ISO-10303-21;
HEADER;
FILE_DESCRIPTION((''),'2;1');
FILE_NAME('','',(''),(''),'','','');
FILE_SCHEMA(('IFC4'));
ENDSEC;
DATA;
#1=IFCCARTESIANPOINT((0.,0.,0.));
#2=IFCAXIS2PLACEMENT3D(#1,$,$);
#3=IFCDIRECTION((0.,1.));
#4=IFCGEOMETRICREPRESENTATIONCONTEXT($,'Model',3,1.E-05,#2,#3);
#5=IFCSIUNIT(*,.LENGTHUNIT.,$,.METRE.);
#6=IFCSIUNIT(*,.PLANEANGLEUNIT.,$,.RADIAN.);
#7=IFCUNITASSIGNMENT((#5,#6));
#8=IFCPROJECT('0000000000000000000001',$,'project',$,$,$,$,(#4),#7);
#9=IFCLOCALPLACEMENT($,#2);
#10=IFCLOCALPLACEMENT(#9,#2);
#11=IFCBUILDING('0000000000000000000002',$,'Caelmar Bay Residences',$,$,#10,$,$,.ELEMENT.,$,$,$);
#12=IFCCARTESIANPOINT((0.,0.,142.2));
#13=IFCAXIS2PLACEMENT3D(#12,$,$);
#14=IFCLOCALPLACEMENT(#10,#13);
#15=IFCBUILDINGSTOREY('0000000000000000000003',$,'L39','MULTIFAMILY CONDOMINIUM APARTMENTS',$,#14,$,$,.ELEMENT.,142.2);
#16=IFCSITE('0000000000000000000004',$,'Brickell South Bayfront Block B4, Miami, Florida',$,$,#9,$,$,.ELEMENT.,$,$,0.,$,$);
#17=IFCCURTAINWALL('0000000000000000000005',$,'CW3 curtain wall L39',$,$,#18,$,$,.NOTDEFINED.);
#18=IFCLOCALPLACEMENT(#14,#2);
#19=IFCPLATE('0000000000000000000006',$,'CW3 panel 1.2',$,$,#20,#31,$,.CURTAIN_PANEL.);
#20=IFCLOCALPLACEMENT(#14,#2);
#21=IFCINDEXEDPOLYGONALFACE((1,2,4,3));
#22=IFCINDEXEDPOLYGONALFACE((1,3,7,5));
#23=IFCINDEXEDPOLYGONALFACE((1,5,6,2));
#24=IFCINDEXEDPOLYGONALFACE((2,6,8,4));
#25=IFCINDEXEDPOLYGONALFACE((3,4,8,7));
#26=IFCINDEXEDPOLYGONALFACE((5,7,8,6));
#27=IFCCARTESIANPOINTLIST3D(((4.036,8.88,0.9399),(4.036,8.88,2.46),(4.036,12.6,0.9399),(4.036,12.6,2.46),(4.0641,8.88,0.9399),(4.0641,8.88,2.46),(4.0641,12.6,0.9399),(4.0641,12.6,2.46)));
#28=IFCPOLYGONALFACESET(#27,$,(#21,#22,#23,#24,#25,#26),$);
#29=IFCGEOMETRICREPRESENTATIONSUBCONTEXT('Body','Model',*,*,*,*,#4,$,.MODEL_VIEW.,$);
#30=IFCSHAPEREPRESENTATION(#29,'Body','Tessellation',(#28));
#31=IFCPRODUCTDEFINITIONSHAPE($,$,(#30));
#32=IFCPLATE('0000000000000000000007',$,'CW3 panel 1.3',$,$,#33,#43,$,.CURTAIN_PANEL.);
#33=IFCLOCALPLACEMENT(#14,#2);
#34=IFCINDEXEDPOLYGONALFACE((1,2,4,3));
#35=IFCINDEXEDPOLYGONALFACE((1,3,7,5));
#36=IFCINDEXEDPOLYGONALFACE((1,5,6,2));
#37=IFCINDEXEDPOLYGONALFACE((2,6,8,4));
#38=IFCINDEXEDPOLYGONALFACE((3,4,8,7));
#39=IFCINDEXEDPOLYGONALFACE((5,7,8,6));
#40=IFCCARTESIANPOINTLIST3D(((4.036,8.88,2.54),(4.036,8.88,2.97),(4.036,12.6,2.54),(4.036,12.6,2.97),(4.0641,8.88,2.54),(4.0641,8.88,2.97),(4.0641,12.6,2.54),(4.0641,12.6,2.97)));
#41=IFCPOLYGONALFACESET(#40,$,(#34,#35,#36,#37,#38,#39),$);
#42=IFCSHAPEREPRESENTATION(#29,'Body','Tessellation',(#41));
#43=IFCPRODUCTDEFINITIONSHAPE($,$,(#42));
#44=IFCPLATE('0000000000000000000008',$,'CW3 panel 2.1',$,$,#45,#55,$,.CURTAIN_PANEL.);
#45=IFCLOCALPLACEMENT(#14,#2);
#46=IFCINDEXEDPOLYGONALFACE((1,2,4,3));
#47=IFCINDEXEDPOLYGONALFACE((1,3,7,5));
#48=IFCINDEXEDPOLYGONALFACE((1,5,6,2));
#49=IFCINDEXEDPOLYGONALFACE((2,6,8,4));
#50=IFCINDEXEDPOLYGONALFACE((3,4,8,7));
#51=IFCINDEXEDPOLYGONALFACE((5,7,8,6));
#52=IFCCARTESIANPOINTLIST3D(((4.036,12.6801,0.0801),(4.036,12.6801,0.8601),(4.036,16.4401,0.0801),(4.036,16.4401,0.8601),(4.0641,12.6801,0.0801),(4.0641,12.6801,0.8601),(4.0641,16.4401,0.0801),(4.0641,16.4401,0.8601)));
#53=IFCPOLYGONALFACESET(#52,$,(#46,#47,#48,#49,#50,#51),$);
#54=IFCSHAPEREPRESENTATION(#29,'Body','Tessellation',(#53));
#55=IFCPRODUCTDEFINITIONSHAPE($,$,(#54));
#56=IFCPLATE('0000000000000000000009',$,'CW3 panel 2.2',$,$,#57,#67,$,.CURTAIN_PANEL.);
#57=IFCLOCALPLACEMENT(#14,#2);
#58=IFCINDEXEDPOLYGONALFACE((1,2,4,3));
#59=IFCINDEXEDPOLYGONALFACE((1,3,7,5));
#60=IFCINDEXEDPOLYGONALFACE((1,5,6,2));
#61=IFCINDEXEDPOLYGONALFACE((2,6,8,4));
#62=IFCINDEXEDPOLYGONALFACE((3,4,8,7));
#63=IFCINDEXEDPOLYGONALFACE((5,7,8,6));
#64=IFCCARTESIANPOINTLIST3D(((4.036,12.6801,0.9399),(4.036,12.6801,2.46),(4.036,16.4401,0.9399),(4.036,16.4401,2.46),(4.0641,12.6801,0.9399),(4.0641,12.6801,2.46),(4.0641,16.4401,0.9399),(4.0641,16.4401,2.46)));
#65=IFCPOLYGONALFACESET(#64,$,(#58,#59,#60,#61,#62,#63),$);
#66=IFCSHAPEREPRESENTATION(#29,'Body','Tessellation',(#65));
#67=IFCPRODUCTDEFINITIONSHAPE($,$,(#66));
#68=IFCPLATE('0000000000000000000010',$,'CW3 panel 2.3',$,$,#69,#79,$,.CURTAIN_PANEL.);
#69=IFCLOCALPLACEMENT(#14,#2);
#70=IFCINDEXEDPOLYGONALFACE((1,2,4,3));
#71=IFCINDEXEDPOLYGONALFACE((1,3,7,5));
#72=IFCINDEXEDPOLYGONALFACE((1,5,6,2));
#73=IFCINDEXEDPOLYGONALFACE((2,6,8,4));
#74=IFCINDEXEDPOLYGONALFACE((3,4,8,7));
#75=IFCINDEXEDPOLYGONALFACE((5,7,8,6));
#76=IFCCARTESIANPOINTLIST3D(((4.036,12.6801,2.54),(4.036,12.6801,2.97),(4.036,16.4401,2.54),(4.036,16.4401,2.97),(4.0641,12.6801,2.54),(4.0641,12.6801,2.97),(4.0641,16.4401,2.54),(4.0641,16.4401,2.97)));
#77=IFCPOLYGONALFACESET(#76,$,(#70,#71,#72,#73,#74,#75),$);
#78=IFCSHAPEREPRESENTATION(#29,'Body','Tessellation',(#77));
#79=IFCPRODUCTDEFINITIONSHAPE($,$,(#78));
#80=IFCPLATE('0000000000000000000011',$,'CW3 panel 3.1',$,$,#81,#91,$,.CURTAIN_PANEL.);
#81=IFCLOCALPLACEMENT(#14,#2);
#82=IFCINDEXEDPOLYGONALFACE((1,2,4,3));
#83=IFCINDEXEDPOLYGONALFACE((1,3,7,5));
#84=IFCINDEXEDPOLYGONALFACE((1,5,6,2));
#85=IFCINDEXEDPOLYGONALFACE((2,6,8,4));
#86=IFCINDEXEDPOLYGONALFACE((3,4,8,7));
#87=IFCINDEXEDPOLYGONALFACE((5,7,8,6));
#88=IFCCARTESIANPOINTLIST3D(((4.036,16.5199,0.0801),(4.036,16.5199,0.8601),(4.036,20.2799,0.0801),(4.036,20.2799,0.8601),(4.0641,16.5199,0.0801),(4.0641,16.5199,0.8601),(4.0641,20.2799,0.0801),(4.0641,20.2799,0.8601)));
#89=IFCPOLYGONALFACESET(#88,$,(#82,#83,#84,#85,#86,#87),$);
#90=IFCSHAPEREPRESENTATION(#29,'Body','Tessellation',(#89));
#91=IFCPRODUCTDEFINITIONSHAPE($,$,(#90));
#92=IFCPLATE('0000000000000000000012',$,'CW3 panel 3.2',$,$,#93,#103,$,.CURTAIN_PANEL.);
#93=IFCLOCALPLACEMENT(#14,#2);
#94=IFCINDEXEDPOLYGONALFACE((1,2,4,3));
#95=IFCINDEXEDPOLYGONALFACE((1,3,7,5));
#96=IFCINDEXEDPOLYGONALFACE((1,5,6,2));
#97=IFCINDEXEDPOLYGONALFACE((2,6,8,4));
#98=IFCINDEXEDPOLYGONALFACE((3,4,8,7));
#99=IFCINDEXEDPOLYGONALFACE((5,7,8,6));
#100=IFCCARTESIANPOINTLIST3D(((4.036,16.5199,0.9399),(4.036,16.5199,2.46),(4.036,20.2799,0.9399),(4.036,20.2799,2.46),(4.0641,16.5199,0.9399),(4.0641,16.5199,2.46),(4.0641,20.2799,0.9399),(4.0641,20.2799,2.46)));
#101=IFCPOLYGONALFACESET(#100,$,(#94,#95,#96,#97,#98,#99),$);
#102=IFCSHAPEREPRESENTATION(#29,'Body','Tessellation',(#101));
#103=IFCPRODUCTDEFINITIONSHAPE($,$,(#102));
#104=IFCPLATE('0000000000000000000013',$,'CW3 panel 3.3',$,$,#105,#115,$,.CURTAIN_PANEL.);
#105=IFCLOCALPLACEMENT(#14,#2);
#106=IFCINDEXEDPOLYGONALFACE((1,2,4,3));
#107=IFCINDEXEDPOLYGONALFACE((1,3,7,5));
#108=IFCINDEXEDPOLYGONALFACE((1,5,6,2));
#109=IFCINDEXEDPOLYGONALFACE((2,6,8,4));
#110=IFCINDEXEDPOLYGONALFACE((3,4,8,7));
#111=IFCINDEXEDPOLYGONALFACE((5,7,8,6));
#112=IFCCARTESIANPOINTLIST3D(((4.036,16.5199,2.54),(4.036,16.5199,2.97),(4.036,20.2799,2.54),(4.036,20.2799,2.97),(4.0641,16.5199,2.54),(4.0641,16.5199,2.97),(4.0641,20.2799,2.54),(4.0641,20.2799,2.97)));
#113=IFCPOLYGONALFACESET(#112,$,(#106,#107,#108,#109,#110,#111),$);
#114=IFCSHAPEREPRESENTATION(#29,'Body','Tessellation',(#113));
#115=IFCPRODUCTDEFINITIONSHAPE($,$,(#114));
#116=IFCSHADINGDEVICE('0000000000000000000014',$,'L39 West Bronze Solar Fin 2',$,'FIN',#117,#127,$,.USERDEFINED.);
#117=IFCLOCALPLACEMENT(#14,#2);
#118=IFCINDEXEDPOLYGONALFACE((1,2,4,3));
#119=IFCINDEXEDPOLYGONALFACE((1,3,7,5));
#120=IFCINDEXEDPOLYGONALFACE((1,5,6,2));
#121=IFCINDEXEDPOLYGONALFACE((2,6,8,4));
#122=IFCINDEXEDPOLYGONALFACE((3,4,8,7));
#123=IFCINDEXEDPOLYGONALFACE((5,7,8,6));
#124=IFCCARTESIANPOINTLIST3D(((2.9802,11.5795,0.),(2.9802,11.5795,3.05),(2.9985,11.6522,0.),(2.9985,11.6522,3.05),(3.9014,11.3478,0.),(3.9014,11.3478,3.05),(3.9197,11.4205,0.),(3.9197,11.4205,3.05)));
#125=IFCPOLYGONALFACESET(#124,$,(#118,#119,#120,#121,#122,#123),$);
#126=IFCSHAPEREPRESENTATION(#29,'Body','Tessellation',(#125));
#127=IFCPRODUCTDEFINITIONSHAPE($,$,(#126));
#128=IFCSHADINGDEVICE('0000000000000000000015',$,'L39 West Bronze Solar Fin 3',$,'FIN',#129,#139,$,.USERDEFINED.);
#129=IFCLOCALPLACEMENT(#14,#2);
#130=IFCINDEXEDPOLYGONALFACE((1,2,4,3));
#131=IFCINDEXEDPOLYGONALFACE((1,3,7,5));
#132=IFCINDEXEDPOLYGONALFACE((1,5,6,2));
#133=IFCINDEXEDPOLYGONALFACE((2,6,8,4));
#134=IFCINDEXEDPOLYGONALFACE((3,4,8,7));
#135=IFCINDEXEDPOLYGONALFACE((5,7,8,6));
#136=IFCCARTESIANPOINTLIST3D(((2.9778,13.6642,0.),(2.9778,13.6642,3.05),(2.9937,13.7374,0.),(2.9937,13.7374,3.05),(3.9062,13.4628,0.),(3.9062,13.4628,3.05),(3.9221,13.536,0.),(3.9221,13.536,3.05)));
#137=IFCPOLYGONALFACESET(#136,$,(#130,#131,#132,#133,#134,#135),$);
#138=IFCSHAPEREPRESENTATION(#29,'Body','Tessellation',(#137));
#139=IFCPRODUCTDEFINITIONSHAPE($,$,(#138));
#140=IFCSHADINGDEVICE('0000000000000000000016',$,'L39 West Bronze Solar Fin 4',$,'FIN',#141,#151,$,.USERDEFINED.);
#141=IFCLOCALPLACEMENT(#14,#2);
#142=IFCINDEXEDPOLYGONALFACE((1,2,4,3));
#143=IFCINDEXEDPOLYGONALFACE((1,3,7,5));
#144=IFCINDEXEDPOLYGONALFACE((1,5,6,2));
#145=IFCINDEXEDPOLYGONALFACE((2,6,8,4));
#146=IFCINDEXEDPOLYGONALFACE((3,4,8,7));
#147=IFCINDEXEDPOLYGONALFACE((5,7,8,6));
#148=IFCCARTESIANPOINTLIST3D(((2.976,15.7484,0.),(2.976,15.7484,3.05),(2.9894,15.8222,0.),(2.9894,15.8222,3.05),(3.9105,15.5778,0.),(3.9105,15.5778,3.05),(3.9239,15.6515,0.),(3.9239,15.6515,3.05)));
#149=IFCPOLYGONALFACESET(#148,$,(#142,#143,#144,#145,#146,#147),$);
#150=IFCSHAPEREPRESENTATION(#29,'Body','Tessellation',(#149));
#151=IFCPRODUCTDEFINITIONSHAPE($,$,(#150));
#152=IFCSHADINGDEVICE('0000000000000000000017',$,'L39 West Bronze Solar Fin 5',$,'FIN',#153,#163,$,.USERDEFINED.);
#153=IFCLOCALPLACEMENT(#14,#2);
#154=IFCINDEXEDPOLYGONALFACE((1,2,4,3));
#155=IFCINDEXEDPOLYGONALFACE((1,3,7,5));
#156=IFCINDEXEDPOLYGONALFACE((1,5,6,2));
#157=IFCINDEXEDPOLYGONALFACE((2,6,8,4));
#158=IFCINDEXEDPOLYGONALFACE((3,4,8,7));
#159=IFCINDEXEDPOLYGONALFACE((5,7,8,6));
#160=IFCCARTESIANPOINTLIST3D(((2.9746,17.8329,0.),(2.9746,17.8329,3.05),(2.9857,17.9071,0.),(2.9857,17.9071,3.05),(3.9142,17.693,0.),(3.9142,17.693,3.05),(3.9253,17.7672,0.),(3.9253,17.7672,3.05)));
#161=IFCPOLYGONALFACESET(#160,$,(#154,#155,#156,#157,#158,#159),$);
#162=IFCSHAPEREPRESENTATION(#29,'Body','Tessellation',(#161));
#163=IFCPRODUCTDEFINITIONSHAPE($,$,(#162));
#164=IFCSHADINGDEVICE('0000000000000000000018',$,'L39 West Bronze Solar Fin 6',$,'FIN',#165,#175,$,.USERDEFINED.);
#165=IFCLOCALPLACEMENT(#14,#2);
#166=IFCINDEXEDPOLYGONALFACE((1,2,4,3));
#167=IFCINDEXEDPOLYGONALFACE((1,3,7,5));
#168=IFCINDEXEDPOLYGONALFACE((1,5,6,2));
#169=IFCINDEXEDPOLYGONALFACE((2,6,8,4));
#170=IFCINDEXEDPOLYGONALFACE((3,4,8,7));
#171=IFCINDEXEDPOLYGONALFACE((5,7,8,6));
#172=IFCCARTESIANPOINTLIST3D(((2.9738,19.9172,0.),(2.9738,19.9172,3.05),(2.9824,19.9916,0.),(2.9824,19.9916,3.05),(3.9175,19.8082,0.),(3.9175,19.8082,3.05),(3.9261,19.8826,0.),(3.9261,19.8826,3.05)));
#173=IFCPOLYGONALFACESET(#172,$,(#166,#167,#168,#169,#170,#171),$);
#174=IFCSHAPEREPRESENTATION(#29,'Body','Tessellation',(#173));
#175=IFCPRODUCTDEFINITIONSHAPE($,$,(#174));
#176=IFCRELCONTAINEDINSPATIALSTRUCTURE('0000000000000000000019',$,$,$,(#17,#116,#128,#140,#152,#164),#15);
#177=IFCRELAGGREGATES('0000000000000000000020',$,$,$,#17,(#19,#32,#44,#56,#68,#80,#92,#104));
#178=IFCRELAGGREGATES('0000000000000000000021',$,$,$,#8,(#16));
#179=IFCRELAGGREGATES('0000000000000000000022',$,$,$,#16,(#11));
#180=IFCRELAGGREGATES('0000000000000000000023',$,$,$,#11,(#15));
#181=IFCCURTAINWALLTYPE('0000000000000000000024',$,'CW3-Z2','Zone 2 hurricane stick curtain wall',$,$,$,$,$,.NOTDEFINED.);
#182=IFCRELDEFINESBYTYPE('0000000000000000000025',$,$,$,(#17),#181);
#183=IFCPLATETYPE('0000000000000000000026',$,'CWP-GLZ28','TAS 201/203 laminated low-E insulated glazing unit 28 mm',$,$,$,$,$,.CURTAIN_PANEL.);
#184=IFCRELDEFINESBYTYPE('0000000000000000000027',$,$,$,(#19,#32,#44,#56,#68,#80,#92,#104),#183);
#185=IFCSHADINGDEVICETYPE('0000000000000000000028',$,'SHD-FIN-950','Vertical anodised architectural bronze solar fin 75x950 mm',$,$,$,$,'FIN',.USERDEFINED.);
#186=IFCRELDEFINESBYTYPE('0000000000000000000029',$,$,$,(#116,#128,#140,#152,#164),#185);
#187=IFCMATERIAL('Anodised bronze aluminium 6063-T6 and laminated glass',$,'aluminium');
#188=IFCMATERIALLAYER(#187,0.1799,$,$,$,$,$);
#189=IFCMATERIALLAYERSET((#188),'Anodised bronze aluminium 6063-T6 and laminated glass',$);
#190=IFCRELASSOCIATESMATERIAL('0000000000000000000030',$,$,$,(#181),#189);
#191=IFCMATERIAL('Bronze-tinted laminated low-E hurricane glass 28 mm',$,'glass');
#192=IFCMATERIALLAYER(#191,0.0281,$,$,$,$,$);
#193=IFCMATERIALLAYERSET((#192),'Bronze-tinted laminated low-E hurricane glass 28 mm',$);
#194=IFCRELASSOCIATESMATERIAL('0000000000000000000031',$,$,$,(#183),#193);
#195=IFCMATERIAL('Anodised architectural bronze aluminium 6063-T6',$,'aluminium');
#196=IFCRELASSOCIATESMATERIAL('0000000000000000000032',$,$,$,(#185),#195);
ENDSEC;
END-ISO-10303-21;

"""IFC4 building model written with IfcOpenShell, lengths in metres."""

from ifc_helpers import new_model, si_unit, direction, frame, origin, origin_2d, place, context, subcontext, project, spatial, rectangle, extrude, material, layer, layer_set, material_profile, profile_set, type_object, element, aggregate, save


model = new_model("IFC4")

# Units and contexts
model_context = context("Model", 3, precision=1e-05, world=origin(), true_north=direction((0.0, 1.0)))
body_context = subcontext(model_context, "Body", "Model", "MODEL_VIEW")
ifc_project = project(units=[si_unit("LENGTHUNIT", "METRE"), si_unit("PLANEANGLEUNIT", "RADIAN")], contexts=[model_context])

# Site, building, storey
site_placement = place(None, origin())
site = spatial("IfcSite", under=ifc_project, at=site_placement, Name="Brickell South Bayfront Block B4, Miami, Florida", CompositionType="ELEMENT", RefElevation=0.0)
building_placement = place(site_placement, origin())
building = spatial("IfcBuilding", under=site, at=building_placement, Name="Caelmar Bay Residences", CompositionType="ELEMENT")
storey_placement = place(building_placement, frame((0.0, 0.0, 142.2)))
storey = spatial("IfcBuildingStorey", under=building, at=storey_placement, Name="L39", Description="MULTIFAMILY CONDOMINIUM APARTMENTS", CompositionType="ELEMENT", Elevation=142.2)

# Curtain wall, plates
ifc_material_1 = material(Name="Anodised bronze aluminium 6063-T6 and laminated glass", Category="aluminium")
ifc_layer_1 = layer(ifc_material_1, 0.1799)
ifc_layer_set_1 = layer_set([ifc_layer_1], Name="Anodised bronze aluminium 6063-T6 and laminated glass")
curtain_wall_type = type_object("IfcCurtainWallType", Name="CW3-Z2", Description="Zone 2 hurricane stick curtain wall", PredefinedType="NOTDEFINED", material=ifc_layer_set_1)
curtain_wall_placement = place(storey_placement, origin())
curtain_wall = element("IfcCurtainWall", 1, at=curtain_wall_placement, inside=storey, type_object=curtain_wall_type, Name="CW3 curtain wall L39", PredefinedType="NOTDEFINED")
ifc_material_2 = material(Name="Bronze-tinted laminated low-E hurricane glass 28 mm", Category="glass")
ifc_layer_2 = layer(ifc_material_2, 0.0281)
ifc_layer_set_2 = layer_set([ifc_layer_2], Name="Bronze-tinted laminated low-E hurricane glass 28 mm")
plate_type = type_object("IfcPlateType", Name="CWP-GLZ28", Description="TAS 201/203 laminated low-E insulated glazing unit 28 mm", PredefinedType="CURTAIN_PANEL", material=ifc_layer_set_2)
plate_1_placement = place(storey_placement, frame((4.05, 10.74, 0.9399), z_axis=(0.0, 0.0, 1.0), x_axis=(0.0, 1.0, 0.0)))
plate_1 = element("IfcPlate", 2, at=plate_1_placement, type_object=plate_type, Name="CW3 panel 1.2", PredefinedType="CURTAIN_PANEL", context=body_context, shape_type="SweptSolid", body=[
    extrude(rectangle(XDim=3.72, YDim=0.0281, at=origin_2d()), origin(), (0.0, 0.0, 1.0), 1.52),
])
plate_2_placement = place(storey_placement, frame((4.05, 10.74, 2.54), z_axis=(0.0, 0.0, 1.0), x_axis=(0.0, 1.0, 0.0)))
plate_2 = element("IfcPlate", 3, at=plate_2_placement, type_object=plate_type, Name="CW3 panel 1.3", PredefinedType="CURTAIN_PANEL", context=body_context, shape_type="SweptSolid", body=[
    extrude(rectangle(XDim=3.72, YDim=0.0281, at=origin_2d()), origin(), (0.0, 0.0, 1.0), 0.4299),
])
plate_3_placement = place(storey_placement, frame((4.05, 14.5601, 0.0801), z_axis=(0.0, 0.0, 1.0), x_axis=(0.0, 1.0, 0.0)))
plate_3 = element("IfcPlate", 4, at=plate_3_placement, type_object=plate_type, Name="CW3 panel 2.1", PredefinedType="CURTAIN_PANEL", context=body_context, shape_type="SweptSolid", body=[
    extrude(rectangle(XDim=3.76, YDim=0.0281, at=origin_2d()), origin(), (0.0, 0.0, 1.0), 0.78),
])
plate_4_placement = place(storey_placement, frame((4.05, 14.5601, 0.9399), z_axis=(0.0, 0.0, 1.0), x_axis=(0.0, 1.0, 0.0)))
plate_4 = element("IfcPlate", 5, at=plate_4_placement, type_object=plate_type, Name="CW3 panel 2.2", PredefinedType="CURTAIN_PANEL", context=body_context, shape_type="SweptSolid", body=[
    extrude(rectangle(XDim=3.76, YDim=0.0281, at=origin_2d()), origin(), (0.0, 0.0, 1.0), 1.52),
])
plate_5_placement = place(storey_placement, frame((4.05, 14.5601, 2.54), z_axis=(0.0, 0.0, 1.0), x_axis=(0.0, 1.0, 0.0)))
plate_5 = element("IfcPlate", 6, at=plate_5_placement, type_object=plate_type, Name="CW3 panel 2.3", PredefinedType="CURTAIN_PANEL", context=body_context, shape_type="SweptSolid", body=[
    extrude(rectangle(XDim=3.76, YDim=0.0281, at=origin_2d()), origin(), (0.0, 0.0, 1.0), 0.4299),
])
plate_6_placement = place(storey_placement, frame((4.05, 18.3999, 0.0801), z_axis=(0.0, 0.0, 1.0), x_axis=(0.0, 1.0, 0.0)))
plate_6 = element("IfcPlate", 7, at=plate_6_placement, type_object=plate_type, Name="CW3 panel 3.1", PredefinedType="CURTAIN_PANEL", context=body_context, shape_type="SweptSolid", body=[
    extrude(rectangle(XDim=3.76, YDim=0.0281, at=origin_2d()), origin(), (0.0, 0.0, 1.0), 0.78),
])
plate_7_placement = place(storey_placement, frame((4.05, 18.3999, 0.9399), z_axis=(0.0, 0.0, 1.0), x_axis=(0.0, 1.0, 0.0)))
plate_7 = element("IfcPlate", 8, at=plate_7_placement, type_object=plate_type, Name="CW3 panel 3.2", PredefinedType="CURTAIN_PANEL", context=body_context, shape_type="SweptSolid", body=[
    extrude(rectangle(XDim=3.76, YDim=0.0281, at=origin_2d()), origin(), (0.0, 0.0, 1.0), 1.52),
])
plate_8_placement = place(storey_placement, frame((4.05, 18.3999, 2.54), z_axis=(0.0, 0.0, 1.0), x_axis=(0.0, 1.0, 0.0)))
plate_8 = element("IfcPlate", 9, at=plate_8_placement, type_object=plate_type, Name="CW3 panel 3.3", PredefinedType="CURTAIN_PANEL", context=body_context, shape_type="SweptSolid", body=[
    extrude(rectangle(XDim=3.76, YDim=0.0281, at=origin_2d()), origin(), (0.0, 0.0, 1.0), 0.4299),
])
aggregate(curtain_wall, [plate_1, plate_2, plate_3, plate_4, plate_5, plate_6, plate_7, plate_8])

# Shading devices
ifc_material_3 = material(Name="Anodised architectural bronze aluminium 6063-T6", Category="aluminium")
ifc_material_profile_1 = material_profile(ifc_material_3, rectangle(XDim=0.075, YDim=0.95, at=origin_2d()), Name="BRONZE-FIN-75X950")
ifc_profile_set_1 = profile_set([ifc_material_profile_1], Name="Anodised architectural bronze aluminium 6063-T6")
shading_device_type = type_object("IfcShadingDeviceType", Name="SHD-FIN-950", Description="Vertical anodised architectural bronze solar fin 75x950 mm", ElementType="FIN", PredefinedType="USERDEFINED", material=ifc_profile_set_1)
for number, where, z_axis, x_axis, name in (
    (10, (3.45, 11.5, 0.0), (0.0, 0.0, 1.0), (0.243954, 0.969787, 0.0), "L39 West Bronze Solar Fin 2"),
    (11, (3.45, 13.6001, 0.0), (0.0, 0.0, 1.0), (0.212007, 0.977268, 0.0), "L39 West Bronze Solar Fin 3"),
    (12, (3.45, 15.7, 0.0), (0.0, 0.0, 1.0), (0.179661, 0.983729, 0.0), "L39 West Bronze Solar Fin 4"),
    (13, (3.45, 17.8, 0.0), (0.0, 0.0, 1.0), (0.147292, 0.989093, 0.0), "L39 West Bronze Solar Fin 5"),
    (14, (3.45, 19.8999, 0.0), (0.0, 0.0, 1.0), (0.114764, 0.993393, 0.0), "L39 West Bronze Solar Fin 6"),
):
    element("IfcShadingDevice", number, at=place(storey_placement, frame(where, z_axis=z_axis, x_axis=x_axis)), inside=storey, type_object=shading_device_type, Name=name, ObjectType="FIN", PredefinedType="USERDEFINED", context=body_context, shape_type="SweptSolid", body=[
        extrude(rectangle(XDim=0.075, YDim=0.95, at=origin_2d()), origin(), (0.0, 0.0, 1.0), 3.05),
    ])

save(model, "model.ifc")
